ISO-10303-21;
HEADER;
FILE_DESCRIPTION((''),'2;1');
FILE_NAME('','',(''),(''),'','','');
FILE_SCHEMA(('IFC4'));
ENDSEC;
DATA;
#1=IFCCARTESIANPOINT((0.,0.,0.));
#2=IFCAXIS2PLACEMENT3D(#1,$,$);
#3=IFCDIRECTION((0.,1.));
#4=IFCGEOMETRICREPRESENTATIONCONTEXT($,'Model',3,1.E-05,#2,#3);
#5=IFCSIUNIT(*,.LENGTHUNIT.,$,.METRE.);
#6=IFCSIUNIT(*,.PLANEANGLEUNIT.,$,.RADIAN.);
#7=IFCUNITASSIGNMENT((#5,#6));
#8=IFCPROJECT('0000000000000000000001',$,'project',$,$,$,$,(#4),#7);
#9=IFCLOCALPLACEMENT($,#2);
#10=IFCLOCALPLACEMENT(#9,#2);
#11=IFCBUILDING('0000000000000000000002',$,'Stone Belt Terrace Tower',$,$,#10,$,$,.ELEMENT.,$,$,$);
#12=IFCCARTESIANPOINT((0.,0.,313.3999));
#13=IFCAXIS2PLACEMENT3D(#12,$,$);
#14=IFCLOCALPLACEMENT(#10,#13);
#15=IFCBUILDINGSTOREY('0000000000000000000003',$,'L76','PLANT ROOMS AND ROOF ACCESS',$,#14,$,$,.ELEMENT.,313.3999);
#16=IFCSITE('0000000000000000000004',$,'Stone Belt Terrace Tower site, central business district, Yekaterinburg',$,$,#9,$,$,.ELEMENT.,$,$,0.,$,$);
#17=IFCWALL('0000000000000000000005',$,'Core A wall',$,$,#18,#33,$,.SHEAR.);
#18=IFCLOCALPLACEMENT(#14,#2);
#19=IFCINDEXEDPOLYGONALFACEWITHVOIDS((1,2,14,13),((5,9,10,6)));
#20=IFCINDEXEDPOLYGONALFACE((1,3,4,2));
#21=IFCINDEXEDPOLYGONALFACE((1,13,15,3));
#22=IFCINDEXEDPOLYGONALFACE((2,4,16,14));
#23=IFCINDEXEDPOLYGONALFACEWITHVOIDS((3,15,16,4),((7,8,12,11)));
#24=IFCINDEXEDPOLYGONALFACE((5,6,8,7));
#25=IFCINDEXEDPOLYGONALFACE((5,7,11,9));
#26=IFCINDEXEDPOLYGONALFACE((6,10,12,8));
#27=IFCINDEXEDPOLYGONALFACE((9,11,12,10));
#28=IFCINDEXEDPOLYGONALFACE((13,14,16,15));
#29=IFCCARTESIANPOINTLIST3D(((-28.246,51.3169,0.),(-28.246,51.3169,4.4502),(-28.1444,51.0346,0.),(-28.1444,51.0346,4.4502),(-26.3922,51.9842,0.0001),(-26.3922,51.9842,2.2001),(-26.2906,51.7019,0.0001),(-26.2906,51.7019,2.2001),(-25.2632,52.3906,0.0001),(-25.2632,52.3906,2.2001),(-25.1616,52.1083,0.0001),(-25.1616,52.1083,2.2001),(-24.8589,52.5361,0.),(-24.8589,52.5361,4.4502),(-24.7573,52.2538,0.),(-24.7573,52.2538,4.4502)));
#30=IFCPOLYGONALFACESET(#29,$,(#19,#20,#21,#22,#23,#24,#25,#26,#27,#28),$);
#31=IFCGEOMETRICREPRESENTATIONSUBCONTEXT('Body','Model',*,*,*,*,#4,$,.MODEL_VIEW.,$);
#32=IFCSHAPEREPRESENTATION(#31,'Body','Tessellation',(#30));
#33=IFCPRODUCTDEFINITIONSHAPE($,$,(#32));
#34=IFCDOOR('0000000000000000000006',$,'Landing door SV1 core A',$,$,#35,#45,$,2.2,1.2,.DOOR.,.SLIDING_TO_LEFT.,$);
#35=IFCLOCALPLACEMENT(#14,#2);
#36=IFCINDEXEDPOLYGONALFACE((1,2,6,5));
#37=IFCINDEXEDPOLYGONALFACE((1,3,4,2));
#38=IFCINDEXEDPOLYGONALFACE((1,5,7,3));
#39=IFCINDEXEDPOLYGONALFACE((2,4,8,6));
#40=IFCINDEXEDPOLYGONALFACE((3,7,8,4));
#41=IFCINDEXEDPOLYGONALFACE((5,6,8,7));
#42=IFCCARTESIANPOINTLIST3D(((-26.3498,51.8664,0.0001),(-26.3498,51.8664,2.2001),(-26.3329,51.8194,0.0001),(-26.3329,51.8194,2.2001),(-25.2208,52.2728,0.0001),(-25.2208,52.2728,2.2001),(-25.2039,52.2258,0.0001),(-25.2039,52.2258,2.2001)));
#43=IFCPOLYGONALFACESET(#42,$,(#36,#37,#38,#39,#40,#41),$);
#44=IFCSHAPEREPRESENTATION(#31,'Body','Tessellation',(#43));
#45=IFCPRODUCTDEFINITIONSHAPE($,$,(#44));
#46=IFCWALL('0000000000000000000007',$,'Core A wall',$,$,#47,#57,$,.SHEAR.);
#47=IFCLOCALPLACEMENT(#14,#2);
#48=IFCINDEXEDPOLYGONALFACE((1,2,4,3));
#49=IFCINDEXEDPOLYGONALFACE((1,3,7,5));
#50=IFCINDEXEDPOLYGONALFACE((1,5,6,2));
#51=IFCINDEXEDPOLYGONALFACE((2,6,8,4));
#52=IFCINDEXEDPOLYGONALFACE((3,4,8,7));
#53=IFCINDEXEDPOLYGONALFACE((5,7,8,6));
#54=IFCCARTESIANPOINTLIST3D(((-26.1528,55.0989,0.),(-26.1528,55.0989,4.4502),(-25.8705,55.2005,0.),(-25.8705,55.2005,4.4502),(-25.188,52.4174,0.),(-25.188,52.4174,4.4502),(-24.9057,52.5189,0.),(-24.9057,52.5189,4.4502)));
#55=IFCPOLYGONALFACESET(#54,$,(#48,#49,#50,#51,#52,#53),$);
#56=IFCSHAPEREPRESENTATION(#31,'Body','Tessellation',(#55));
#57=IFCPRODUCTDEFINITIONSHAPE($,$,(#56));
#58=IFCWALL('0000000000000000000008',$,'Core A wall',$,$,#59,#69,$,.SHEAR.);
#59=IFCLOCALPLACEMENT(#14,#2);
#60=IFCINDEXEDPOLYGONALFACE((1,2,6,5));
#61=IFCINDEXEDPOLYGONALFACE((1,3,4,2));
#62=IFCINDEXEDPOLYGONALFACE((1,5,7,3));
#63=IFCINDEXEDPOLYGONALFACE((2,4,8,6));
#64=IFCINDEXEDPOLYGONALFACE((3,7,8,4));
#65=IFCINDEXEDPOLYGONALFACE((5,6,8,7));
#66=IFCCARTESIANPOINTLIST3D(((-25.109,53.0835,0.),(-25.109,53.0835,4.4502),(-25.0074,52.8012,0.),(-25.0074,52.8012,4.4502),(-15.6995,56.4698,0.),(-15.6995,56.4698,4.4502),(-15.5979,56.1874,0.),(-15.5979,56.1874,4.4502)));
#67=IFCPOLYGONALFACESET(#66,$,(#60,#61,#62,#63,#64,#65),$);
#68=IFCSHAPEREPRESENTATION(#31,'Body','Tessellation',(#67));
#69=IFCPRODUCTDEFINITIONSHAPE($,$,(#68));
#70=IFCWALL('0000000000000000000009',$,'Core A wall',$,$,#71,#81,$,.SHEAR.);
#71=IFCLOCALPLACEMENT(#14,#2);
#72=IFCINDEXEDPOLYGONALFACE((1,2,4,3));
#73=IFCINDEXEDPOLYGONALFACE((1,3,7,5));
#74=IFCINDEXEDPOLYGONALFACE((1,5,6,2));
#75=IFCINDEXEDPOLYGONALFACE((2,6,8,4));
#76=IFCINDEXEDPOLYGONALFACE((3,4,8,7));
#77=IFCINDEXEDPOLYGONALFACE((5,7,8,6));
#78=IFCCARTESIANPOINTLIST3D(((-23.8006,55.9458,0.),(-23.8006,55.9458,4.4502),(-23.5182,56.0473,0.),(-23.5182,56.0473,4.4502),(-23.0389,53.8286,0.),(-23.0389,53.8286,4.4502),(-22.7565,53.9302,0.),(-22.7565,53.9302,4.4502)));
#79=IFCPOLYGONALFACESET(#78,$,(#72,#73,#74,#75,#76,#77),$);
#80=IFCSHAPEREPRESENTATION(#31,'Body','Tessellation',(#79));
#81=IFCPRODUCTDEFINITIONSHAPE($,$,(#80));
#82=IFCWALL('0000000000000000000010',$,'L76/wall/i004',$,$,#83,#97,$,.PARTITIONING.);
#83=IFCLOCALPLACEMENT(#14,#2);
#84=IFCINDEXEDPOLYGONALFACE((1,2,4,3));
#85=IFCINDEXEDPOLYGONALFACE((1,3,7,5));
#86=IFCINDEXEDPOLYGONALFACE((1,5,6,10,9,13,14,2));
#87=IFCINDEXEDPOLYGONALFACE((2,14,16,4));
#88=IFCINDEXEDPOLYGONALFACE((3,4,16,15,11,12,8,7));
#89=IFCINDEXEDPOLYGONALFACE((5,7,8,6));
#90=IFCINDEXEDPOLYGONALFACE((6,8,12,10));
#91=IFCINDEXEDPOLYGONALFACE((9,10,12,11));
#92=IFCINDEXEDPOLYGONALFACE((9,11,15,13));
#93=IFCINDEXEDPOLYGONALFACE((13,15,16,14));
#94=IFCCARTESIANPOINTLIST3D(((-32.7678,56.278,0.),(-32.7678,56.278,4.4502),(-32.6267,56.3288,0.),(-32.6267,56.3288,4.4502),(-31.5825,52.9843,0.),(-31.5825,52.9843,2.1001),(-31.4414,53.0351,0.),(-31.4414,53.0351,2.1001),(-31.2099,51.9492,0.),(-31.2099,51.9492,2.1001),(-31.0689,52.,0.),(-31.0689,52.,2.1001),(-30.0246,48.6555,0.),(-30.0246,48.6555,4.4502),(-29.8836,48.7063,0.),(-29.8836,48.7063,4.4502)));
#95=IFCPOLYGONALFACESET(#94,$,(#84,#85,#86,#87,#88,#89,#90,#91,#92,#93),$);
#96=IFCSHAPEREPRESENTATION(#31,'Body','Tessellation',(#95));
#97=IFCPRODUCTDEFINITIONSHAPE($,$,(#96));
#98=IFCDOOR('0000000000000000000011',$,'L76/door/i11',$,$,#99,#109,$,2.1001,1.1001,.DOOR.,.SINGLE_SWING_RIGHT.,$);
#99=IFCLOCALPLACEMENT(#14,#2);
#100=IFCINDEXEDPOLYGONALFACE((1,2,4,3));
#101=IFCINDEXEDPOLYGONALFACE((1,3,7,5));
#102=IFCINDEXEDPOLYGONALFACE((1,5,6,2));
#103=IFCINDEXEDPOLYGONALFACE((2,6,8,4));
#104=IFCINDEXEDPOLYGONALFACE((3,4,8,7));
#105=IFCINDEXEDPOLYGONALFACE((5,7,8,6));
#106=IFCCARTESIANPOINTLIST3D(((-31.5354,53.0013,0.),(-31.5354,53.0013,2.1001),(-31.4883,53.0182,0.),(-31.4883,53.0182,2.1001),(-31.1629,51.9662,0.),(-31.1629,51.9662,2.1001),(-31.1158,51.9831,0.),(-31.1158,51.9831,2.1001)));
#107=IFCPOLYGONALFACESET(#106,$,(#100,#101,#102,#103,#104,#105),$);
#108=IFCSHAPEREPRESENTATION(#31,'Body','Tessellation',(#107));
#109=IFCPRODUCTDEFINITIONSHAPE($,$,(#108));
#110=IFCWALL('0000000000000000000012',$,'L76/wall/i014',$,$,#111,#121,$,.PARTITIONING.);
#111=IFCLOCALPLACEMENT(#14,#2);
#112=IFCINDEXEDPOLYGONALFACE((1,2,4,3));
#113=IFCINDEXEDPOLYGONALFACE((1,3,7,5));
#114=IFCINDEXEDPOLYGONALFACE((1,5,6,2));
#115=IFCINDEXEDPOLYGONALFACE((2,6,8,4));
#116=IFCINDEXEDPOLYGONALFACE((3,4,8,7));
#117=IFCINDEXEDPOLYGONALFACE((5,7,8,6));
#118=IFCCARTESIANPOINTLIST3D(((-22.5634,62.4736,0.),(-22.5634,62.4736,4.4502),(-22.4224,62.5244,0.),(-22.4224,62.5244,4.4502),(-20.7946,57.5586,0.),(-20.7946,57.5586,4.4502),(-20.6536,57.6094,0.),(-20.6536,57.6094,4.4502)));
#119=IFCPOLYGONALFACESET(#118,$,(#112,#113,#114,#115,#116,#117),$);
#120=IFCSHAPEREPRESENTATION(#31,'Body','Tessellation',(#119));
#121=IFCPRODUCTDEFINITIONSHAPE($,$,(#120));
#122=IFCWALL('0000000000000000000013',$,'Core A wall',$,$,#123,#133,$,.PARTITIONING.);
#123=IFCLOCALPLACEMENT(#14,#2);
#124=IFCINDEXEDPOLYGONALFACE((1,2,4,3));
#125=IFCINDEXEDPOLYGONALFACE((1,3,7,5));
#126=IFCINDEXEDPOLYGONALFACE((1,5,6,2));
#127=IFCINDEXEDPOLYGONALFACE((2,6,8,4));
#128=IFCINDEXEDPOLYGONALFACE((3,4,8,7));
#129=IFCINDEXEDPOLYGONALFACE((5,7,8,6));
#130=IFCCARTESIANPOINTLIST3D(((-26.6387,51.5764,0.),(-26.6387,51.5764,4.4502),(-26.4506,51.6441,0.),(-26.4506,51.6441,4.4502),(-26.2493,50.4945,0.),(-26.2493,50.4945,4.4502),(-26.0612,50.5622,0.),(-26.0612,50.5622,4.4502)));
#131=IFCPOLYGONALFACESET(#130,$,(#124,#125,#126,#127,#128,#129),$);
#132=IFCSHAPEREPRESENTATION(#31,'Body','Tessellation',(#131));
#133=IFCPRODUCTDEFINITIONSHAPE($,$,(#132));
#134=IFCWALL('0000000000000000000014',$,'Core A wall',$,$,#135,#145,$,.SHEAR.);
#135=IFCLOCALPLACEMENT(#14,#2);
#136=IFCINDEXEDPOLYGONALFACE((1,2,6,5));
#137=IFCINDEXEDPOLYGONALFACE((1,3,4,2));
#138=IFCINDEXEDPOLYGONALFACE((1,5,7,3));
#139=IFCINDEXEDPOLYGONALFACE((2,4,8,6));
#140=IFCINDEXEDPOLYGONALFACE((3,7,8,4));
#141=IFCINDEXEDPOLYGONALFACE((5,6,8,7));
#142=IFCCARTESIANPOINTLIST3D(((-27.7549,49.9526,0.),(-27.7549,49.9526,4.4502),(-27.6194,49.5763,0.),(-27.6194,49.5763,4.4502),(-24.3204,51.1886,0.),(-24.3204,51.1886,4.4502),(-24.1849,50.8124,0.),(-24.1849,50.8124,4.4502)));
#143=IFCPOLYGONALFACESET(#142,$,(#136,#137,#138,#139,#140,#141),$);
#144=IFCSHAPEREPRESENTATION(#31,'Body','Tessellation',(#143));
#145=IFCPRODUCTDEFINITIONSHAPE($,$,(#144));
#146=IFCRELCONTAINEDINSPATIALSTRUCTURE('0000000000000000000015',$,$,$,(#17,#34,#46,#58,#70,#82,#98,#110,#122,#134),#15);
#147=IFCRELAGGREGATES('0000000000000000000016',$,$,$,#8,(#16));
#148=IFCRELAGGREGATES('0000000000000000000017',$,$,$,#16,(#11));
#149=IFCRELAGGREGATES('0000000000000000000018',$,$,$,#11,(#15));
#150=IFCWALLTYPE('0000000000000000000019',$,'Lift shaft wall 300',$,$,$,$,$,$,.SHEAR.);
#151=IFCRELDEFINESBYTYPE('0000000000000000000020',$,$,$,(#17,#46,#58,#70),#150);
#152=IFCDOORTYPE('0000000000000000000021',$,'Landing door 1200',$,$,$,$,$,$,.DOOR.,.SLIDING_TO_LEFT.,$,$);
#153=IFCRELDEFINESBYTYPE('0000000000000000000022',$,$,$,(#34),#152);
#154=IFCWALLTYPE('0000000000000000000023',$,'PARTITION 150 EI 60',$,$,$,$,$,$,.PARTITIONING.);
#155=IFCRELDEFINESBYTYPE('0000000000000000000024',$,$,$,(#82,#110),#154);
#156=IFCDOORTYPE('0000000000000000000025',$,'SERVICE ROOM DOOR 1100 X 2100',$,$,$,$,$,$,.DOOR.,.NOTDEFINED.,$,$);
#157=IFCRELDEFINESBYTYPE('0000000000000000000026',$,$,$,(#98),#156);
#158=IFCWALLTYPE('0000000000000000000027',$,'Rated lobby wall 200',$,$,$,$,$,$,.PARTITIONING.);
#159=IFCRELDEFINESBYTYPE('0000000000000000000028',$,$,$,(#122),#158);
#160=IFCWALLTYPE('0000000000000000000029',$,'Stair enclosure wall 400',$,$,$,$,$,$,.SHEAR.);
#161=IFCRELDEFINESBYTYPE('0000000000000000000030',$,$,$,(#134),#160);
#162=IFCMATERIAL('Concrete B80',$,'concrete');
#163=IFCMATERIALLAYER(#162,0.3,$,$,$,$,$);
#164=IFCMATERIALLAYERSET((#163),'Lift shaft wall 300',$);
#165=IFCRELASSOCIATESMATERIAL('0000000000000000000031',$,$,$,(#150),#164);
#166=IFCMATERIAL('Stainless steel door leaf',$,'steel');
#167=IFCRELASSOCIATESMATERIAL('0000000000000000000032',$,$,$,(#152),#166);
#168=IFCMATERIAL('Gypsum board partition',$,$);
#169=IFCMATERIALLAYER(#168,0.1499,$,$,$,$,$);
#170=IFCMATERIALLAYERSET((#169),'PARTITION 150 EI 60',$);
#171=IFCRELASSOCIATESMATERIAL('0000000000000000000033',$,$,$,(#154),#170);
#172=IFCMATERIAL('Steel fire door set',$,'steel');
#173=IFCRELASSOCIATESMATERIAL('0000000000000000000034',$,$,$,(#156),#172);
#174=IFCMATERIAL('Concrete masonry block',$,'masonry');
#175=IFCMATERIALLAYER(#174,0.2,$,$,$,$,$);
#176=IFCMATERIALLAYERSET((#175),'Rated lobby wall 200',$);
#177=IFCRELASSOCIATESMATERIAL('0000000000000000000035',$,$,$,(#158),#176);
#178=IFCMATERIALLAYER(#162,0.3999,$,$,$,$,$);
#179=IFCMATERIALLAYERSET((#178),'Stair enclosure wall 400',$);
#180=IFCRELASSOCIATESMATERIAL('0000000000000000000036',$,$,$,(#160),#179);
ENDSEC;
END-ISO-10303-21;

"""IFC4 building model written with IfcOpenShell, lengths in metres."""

from ifc_helpers import new_model, si_unit, direction, frame, frame_2d, origin, place, context, subcontext, project, spatial, rectangle, extrude, material, layer, layer_set, type_object, element, fill, save


model = new_model("IFC4")

# Units and contexts
model_context = context("Model", 3, precision=1e-05, world=origin(), true_north=direction((0.0, 1.0)))
body_context = subcontext(model_context, "Body", "Model", "MODEL_VIEW")
ifc_project = project(units=[si_unit("LENGTHUNIT", "METRE"), si_unit("PLANEANGLEUNIT", "RADIAN")], contexts=[model_context])

# Site, building, storey
site_placement = place(None, origin())
site = spatial("IfcSite", under=ifc_project, at=site_placement, Name="Stone Belt Terrace Tower site, central business district, Yekaterinburg", CompositionType="ELEMENT", RefElevation=0.0)
building_placement = place(site_placement, origin())
building = spatial("IfcBuilding", under=site, at=building_placement, Name="Stone Belt Terrace Tower", CompositionType="ELEMENT")
storey_placement = place(building_placement, frame((0.0, 0.0, 313.3999)))
storey = spatial("IfcBuildingStorey", under=building, at=storey_placement, Name="L76", Description="PLANT ROOMS AND ROOF ACCESS", CompositionType="ELEMENT", Elevation=313.3999)

# Shared definitions
ifc_material_1 = material(Name="Concrete B80", Category="concrete")

# Wall, opening, door
ifc_layer_1 = layer(ifc_material_1, 0.3)
ifc_layer_set_1 = layer_set([ifc_layer_1], Name="Lift shaft wall 300")
wall_type_1 = type_object("IfcWallType", Name="Lift shaft wall 300", PredefinedType="SHEAR", material=ifc_layer_set_1)
wall_1_placement = place(storey_placement, frame((-28.1951, 51.1758, 0.0), z_axis=(0.0, 0.0, 1.0), x_axis=(0.940901, 0.338681, 0.0)))
wall_1 = element("IfcWall", 1, at=wall_1_placement, inside=storey, type_object=wall_type_1, Name="Core A wall", PredefinedType="SHEAR", context=body_context, shape_type="SweptSolid", body=[
    extrude(rectangle(XDim=3.5999, YDim=0.3, at=frame_2d((1.7998, 0.0))), origin(), (0.0, 0.0, 1.0), 4.4502),
])
opening_1_placement = place(wall_1_placement, frame((1.97, 0.0, 0.0)))
opening_1 = element("IfcOpeningElement", 2, at=opening_1_placement, cuts=wall_1, PredefinedType="OPENING", context=body_context, shape_type="SweptSolid", body=[
    extrude(rectangle(XDim=1.2, YDim=2.2, at=frame_2d((0.6001, 1.1001))), frame((0.0, 0.1599, 0.0), z_axis=(0.0, -1.0, 0.0), x_axis=(1.0, 0.0, 0.0)), (0.0, 0.0, 1.0), 0.3201),
])
ifc_material_2 = material(Name="Stainless steel door leaf", Category="steel")
door_type_1 = type_object("IfcDoorType", Name="Landing door 1200", OperationType="SLIDING_TO_LEFT", PredefinedType="DOOR", material=ifc_material_2)
door_1_placement = place(opening_1_placement, origin())
door_1 = element("IfcDoor", 3, at=door_1_placement, inside=storey, type_object=door_type_1, Name="Landing door SV1 core A", OperationType="SLIDING_TO_LEFT", OverallHeight=2.2, OverallWidth=1.2, PredefinedType="DOOR", context=body_context, shape_type="SweptSolid", body=[
    extrude(rectangle(XDim=1.2, YDim=2.2, at=frame_2d((0.6001, 1.1001))), frame((0.0, 0.0249, 0.0), z_axis=(0.0, -1.0, 0.0), x_axis=(1.0, 0.0, 0.0)), (0.0, 0.0, 1.0), 0.05),
])
fill(opening_1, door_1)

# Walls
wall_2_placement = place(storey_placement, frame((-25.0469, 52.4683, 0.0), z_axis=(0.0, 0.0, 1.0), x_axis=(-0.33855, 0.940949, 0.0)))
element("IfcWall", 4, at=wall_2_placement, inside=storey, type_object=wall_type_1, Name="Core A wall", PredefinedType="SHEAR", context=body_context, shape_type="SweptSolid", body=[
    extrude(rectangle(XDim=2.8499, YDim=0.3, at=frame_2d((1.4248, 0.0))), origin(), (0.0, 0.0, 1.0), 4.4502),
])
wall_3_placement = place(storey_placement, frame((-25.0581, 52.9424, 0.0), z_axis=(0.0, 0.0, 1.0), x_axis=(0.940924, 0.338617, 0.0)))
element("IfcWall", 5, at=wall_3_placement, inside=storey, type_object=wall_type_1, Name="Core A wall", PredefinedType="SHEAR", context=body_context, shape_type="SweptSolid", body=[
    extrude(rectangle(XDim=10.0002, YDim=0.3, at=frame_2d((5.0, 0.0))), origin(), (0.0, 0.0, 1.0), 4.4502),
])
wall_4_placement = place(storey_placement, frame((-22.8977, 53.8794, 0.0), z_axis=(0.0, 0.0, 1.0), x_axis=(-0.338535, 0.940954, 0.0)))
element("IfcWall", 6, at=wall_4_placement, inside=storey, type_object=wall_type_1, Name="Core A wall", PredefinedType="SHEAR", context=body_context, shape_type="SweptSolid", body=[
    extrude(rectangle(XDim=2.25, YDim=0.3, at=frame_2d((1.125, 0.0))), origin(), (0.0, 0.0, 1.0), 4.4502),
])

# Wall, opening, door
ifc_material_3 = material(Name="Gypsum board partition")
ifc_layer_2 = layer(ifc_material_3, 0.1499)
ifc_layer_set_2 = layer_set([ifc_layer_2], Name="PARTITION 150 EI 60")
wall_type_2 = type_object("IfcWallType", Name="PARTITION 150 EI 60", PredefinedType="PARTITIONING", material=ifc_layer_set_2)
wall_5_placement = place(storey_placement, frame((-29.9541, 48.6809, 0.0), z_axis=(0.0, 0.0, 1.0), x_axis=(-0.338615, 0.940925, 0.0)))
wall_5 = element("IfcWall", 7, at=wall_5_placement, inside=storey, type_object=wall_type_2, Name="L76/wall/i004", PredefinedType="PARTITIONING", context=body_context, shape_type="SweptSolid", body=[
    extrude(rectangle(XDim=8.1011, YDim=0.1499, at=frame_2d((4.0505, 0.0))), origin(), (0.0, 0.0, 1.0), 4.4502),
])
opening_2_placement = place(wall_5_placement, frame((3.5005, 0.0, 0.0)))
opening_2 = element("IfcOpeningElement", 8, at=opening_2_placement, cuts=wall_5, PredefinedType="OPENING", context=body_context, shape_type="SweptSolid", body=[
    extrude(rectangle(XDim=1.1001, YDim=2.1001, at=frame_2d((0.55, 1.05))), frame((0.0, 0.085, 0.0), z_axis=(0.0, -1.0, 0.0), x_axis=(1.0, 0.0, 0.0)), (0.0, 0.0, 1.0), 0.1699),
])
ifc_material_4 = material(Name="Steel fire door set", Category="steel")
door_type_2 = type_object("IfcDoorType", Name="SERVICE ROOM DOOR 1100 X 2100", OperationType="NOTDEFINED", PredefinedType="DOOR", material=ifc_material_4)
door_2_placement = place(opening_2_placement, origin())
door_2 = element("IfcDoor", 9, at=door_2_placement, inside=storey, type_object=door_type_2, Name="L76/door/i11", OperationType="SINGLE_SWING_RIGHT", OverallHeight=2.1001, OverallWidth=1.1001, PredefinedType="DOOR", context=body_context, shape_type="SweptSolid", body=[
    extrude(rectangle(XDim=1.1001, YDim=2.1001, at=frame_2d((0.55, 1.05))), frame((0.0, 0.0249, 0.0), z_axis=(0.0, -1.0, 0.0), x_axis=(1.0, 0.0, 0.0)), (0.0, 0.0, 1.0), 0.05),
])
fill(opening_2, door_2)

# Walls
wall_6_placement = place(storey_placement, frame((-22.4929, 62.499, 0.0), z_axis=(0.0, 0.0, 1.0), x_axis=(0.338615, -0.940925, 0.0)))
element("IfcWall", 10, at=wall_6_placement, inside=storey, type_object=wall_type_2, Name="L76/wall/i014", PredefinedType="PARTITIONING", context=body_context, shape_type="SweptSolid", body=[
    extrude(rectangle(XDim=5.2236, YDim=0.1499, at=frame_2d((2.6118, 0.0))), origin(), (0.0, 0.0, 1.0), 4.4502),
])
ifc_material_5 = material(Name="Concrete masonry block", Category="masonry")
ifc_layer_3 = layer(ifc_material_5, 0.2)
ifc_layer_set_3 = layer_set([ifc_layer_3], Name="Rated lobby wall 200")
wall_type_3 = type_object("IfcWallType", Name="Rated lobby wall 200", PredefinedType="PARTITIONING", material=ifc_layer_set_3)
wall_7_placement = place(storey_placement, frame((-26.1553, 50.5283, 0.0), z_axis=(0.0, 0.0, 1.0), x_axis=(-0.338622, 0.940923, 0.0)))
element("IfcWall", 11, at=wall_7_placement, inside=storey, type_object=wall_type_3, Name="Core A wall", PredefinedType="PARTITIONING", context=body_context, shape_type="SweptSolid", body=[
    extrude(rectangle(XDim=1.1499, YDim=0.2, at=frame_2d((0.575, 0.0))), origin(), (0.0, 0.0, 1.0), 4.4502),
])
ifc_layer_4 = layer(ifc_material_1, 0.3999)
ifc_layer_set_4 = layer_set([ifc_layer_4], Name="Stair enclosure wall 400")
wall_type_4 = type_object("IfcWallType", Name="Stair enclosure wall 400", PredefinedType="SHEAR", material=ifc_layer_set_4)
wall_8_placement = place(storey_placement, frame((-27.6873, 49.7644, 0.0), z_axis=(0.0, 0.0, 1.0), x_axis=(0.940919, 0.338632, 0.0)))
element("IfcWall", 12, at=wall_8_placement, inside=storey, type_object=wall_type_4, Name="Core A wall", PredefinedType="SHEAR", context=body_context, shape_type="SweptSolid", body=[
    extrude(rectangle(XDim=3.6501, YDim=0.3999, at=frame_2d((1.8252, 0.0))), origin(), (0.0, 0.0, 1.0), 4.4502),
])

save(model, "model.ifc")
